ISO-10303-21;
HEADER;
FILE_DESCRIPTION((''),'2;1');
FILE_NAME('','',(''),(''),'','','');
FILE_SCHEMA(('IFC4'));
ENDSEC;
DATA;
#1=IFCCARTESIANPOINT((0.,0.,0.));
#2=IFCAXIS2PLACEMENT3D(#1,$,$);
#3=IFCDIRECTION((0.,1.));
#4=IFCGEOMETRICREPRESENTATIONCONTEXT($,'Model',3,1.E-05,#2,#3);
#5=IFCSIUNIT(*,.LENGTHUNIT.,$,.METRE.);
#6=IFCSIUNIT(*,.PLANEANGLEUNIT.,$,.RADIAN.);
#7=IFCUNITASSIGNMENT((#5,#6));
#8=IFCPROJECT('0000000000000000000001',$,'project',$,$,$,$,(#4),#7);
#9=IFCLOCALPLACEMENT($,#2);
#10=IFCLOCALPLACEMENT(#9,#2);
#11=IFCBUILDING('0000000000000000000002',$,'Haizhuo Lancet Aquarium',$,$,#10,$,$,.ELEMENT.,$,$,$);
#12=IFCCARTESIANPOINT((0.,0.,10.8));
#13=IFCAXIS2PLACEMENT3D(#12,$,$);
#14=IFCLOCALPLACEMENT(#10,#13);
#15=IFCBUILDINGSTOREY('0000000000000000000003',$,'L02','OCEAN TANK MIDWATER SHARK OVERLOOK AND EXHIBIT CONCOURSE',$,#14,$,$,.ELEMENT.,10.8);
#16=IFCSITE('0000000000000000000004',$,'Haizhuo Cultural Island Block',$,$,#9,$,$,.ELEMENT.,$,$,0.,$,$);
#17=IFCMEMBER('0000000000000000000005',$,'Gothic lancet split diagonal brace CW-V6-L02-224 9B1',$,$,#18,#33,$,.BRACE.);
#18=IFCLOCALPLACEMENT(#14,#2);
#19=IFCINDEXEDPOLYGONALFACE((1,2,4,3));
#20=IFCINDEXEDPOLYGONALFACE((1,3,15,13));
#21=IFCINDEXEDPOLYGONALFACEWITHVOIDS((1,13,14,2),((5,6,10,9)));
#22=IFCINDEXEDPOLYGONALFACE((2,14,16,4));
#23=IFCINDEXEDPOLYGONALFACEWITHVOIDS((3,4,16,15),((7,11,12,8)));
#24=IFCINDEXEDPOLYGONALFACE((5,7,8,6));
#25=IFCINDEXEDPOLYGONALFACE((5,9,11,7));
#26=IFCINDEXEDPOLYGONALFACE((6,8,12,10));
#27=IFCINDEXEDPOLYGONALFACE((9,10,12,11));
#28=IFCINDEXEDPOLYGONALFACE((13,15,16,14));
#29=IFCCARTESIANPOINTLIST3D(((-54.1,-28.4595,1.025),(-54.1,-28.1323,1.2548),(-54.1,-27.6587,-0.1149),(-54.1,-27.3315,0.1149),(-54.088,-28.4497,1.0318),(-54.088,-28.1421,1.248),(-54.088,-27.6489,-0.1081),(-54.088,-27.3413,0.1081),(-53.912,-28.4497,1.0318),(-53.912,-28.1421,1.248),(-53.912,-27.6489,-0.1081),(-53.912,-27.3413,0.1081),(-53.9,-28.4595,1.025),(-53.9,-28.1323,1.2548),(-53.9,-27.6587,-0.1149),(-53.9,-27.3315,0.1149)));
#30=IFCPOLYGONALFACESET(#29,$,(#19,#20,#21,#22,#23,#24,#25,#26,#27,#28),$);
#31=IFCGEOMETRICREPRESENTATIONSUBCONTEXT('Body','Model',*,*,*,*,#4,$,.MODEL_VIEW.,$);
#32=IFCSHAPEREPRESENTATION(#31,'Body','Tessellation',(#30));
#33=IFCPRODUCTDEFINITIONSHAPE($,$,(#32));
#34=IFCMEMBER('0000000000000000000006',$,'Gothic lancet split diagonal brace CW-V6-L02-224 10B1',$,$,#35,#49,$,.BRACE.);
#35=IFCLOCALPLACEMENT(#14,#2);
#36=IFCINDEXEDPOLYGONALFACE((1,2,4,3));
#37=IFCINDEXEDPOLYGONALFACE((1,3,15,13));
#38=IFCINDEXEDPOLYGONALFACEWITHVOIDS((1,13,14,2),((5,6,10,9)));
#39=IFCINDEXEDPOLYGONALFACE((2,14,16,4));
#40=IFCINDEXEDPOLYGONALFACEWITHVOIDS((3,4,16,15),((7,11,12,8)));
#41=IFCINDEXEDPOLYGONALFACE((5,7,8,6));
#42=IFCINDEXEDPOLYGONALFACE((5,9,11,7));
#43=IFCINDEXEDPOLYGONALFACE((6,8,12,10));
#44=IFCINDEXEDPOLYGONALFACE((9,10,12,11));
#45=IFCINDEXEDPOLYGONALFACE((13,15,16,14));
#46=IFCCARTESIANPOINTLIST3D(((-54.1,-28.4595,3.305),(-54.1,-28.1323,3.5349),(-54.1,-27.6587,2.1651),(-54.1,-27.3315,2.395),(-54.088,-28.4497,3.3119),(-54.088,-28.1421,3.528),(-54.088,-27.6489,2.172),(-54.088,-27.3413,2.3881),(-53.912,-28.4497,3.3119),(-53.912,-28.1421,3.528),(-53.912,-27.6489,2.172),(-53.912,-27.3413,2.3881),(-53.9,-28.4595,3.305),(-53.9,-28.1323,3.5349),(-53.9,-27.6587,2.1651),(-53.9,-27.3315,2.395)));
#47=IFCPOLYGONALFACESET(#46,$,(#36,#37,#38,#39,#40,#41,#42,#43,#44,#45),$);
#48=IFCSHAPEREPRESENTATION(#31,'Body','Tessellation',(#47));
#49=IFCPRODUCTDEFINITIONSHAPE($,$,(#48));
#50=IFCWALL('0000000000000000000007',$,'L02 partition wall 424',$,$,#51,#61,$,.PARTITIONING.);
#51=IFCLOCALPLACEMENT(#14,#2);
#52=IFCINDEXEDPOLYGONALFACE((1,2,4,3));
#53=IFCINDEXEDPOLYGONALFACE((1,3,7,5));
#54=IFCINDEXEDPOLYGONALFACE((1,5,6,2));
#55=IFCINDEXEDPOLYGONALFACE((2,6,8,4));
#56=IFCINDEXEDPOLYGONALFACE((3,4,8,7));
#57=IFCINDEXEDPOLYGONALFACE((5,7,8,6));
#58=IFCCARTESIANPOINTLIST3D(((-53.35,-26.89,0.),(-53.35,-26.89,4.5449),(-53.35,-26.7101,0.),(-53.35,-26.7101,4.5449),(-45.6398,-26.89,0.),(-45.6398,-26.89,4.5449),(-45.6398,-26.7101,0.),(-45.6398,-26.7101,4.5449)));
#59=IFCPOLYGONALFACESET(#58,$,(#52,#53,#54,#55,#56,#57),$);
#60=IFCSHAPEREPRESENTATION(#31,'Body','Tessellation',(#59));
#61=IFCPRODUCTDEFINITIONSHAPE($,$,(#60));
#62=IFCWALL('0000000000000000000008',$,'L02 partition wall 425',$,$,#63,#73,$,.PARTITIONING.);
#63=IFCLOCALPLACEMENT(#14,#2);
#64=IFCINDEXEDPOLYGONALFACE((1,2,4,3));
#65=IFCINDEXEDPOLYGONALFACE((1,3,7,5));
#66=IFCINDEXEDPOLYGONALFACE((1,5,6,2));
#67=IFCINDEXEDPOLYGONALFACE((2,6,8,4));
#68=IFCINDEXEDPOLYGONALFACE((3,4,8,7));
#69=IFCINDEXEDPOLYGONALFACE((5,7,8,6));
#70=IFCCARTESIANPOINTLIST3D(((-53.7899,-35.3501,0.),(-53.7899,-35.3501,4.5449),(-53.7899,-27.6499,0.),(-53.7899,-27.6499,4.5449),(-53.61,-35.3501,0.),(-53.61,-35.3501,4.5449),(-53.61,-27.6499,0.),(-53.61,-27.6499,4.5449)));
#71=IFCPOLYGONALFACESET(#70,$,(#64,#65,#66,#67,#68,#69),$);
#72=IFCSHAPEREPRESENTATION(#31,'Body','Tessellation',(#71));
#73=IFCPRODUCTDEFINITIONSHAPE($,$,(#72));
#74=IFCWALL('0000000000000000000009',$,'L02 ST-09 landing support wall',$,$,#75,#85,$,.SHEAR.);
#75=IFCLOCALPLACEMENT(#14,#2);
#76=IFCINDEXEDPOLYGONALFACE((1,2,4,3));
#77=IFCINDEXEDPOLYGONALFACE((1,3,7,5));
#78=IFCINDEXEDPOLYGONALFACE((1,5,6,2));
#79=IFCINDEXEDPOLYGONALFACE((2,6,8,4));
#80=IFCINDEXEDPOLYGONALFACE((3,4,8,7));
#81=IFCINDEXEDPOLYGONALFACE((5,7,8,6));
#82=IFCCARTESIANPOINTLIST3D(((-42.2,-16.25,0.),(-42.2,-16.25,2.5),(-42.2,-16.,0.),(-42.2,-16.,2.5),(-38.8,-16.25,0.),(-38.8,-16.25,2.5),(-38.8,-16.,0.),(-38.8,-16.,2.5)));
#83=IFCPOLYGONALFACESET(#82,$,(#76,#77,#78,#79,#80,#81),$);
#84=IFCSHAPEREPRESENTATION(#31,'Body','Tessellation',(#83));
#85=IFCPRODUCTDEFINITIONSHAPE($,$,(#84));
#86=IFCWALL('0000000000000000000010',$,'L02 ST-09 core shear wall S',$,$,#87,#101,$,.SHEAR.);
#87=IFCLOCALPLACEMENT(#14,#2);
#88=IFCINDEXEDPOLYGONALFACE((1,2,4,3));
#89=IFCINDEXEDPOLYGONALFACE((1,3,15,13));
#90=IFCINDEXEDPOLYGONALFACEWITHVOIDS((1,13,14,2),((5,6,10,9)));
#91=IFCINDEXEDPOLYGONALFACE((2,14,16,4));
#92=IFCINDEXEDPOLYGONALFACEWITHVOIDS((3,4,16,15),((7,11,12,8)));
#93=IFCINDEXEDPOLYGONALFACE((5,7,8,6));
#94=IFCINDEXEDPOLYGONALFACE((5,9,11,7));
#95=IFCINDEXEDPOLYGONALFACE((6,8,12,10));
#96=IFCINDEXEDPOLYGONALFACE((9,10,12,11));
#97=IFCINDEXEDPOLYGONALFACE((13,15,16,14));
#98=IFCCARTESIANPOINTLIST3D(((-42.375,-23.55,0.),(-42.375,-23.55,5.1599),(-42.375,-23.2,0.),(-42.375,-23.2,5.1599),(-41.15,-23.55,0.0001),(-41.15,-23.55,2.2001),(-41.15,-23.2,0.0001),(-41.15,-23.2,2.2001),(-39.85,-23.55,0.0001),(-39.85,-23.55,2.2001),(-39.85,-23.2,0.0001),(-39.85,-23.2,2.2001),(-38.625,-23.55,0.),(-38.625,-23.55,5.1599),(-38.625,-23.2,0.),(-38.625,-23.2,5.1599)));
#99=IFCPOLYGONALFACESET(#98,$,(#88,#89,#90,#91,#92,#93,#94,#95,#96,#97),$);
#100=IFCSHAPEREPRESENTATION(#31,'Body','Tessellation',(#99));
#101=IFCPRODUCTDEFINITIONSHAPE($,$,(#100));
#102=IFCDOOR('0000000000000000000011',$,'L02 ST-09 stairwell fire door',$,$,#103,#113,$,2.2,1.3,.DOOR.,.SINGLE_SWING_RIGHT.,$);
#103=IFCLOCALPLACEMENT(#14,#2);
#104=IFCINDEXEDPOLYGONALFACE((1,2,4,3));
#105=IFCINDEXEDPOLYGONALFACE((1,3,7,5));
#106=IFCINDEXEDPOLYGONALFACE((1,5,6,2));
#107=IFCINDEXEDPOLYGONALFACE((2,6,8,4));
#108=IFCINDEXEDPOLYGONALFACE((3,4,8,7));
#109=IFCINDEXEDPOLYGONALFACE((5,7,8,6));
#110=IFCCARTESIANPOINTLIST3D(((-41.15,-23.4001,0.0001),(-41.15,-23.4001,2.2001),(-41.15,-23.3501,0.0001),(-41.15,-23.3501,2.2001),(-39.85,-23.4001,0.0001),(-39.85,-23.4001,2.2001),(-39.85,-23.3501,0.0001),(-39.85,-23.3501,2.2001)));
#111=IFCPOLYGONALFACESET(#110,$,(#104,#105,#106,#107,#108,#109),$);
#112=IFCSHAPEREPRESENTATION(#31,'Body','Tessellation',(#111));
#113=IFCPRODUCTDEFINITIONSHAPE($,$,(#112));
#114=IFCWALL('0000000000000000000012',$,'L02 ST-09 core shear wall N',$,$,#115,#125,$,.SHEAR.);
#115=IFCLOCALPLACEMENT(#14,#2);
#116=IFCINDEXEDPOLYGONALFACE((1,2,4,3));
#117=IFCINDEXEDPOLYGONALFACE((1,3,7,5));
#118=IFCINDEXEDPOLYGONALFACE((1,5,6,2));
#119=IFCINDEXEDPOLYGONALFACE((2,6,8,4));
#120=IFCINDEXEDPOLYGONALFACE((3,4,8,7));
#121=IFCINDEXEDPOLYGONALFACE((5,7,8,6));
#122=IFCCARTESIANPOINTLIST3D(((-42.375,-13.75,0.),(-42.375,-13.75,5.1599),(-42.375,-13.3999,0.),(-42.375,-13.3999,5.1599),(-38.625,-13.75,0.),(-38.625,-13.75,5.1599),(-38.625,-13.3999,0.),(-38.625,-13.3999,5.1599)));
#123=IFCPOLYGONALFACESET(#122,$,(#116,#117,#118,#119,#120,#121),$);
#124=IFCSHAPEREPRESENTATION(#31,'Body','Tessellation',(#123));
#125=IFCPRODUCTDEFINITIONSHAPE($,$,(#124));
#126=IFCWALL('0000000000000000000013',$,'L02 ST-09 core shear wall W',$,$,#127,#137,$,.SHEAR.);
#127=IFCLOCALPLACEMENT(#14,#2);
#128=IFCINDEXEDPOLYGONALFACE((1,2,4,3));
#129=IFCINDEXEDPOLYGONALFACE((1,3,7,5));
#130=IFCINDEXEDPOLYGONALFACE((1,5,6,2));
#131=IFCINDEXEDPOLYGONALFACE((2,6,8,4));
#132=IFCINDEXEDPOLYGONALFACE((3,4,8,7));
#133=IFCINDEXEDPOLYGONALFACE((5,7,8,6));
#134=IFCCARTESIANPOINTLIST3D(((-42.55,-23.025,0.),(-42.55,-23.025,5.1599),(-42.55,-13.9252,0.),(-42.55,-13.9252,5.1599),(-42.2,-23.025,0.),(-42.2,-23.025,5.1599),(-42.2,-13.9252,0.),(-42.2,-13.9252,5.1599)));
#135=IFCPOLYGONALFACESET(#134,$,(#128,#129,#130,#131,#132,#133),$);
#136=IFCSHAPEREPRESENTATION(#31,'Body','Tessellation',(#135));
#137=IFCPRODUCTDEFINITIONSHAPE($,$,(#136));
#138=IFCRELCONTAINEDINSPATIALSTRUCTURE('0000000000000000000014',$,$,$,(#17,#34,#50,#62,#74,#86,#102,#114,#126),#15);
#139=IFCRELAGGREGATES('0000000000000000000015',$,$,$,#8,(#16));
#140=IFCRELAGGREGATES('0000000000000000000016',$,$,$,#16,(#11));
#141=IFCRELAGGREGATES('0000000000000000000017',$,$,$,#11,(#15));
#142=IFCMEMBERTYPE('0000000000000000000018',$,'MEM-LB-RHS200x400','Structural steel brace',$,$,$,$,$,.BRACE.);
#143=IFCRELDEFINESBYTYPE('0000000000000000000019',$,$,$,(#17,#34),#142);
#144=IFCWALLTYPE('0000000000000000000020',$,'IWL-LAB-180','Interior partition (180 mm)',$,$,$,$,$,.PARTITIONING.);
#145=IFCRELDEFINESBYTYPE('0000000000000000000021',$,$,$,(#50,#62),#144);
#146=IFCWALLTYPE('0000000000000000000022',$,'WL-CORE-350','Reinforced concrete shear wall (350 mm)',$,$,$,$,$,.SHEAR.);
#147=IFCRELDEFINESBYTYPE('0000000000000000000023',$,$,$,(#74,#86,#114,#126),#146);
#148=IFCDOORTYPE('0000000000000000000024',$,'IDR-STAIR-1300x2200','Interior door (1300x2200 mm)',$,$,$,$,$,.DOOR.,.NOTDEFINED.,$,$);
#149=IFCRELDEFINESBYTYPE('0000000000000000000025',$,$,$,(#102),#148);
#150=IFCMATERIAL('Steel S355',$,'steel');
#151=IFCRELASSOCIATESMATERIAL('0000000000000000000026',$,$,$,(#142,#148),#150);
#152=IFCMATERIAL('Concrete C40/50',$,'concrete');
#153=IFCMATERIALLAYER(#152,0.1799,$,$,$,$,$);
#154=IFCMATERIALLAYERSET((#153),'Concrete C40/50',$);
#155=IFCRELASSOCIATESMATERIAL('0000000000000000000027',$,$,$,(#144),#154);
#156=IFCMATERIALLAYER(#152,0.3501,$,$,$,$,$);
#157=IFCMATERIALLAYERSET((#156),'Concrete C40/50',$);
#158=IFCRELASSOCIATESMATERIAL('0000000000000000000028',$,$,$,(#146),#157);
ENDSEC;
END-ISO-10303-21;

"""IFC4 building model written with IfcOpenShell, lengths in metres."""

from ifc_helpers import new_model, si_unit, direction, frame, frame_2d, origin, origin_2d, place, context, subcontext, project, spatial, rectangle, hollow_rectangle, extrude, material, layer, layer_set, material_profile, profile_set, type_object, element, fill, save


model = new_model("IFC4")

# Units and contexts
model_context = context("Model", 3, precision=1e-05, world=origin(), true_north=direction((0.0, 1.0)))
body_context = subcontext(model_context, "Body", "Model", "MODEL_VIEW")
ifc_project = project(units=[si_unit("LENGTHUNIT", "METRE"), si_unit("PLANEANGLEUNIT", "RADIAN")], contexts=[model_context])

# Site, building, storey
site_placement = place(None, origin())
site = spatial("IfcSite", under=ifc_project, at=site_placement, Name="Haizhuo Cultural Island Block", CompositionType="ELEMENT", RefElevation=0.0)
building_placement = place(site_placement, origin())
building = spatial("IfcBuilding", under=site, at=building_placement, Name="Haizhuo Lancet Aquarium", CompositionType="ELEMENT")
storey_placement = place(building_placement, frame((0.0, 0.0, 10.8)))
storey = spatial("IfcBuildingStorey", under=building, at=storey_placement, Name="L02", Description="OCEAN TANK MIDWATER SHARK OVERLOOK AND EXHIBIT CONCOURSE", CompositionType="ELEMENT", Elevation=10.8)

# Shared definitions
ifc_material_1 = material(Name="Concrete C40/50", Category="concrete")

# Shared definitions
ifc_material_2 = material(Name="Steel S355", Category="steel")

# Members
ifc_material_profile_1 = material_profile(ifc_material_2, hollow_rectangle(XDim=0.2, YDim=0.3999, WallThickness=0.012, at=origin_2d()), Name="RHS 200x400x12")
ifc_profile_set_1 = profile_set([ifc_material_profile_1], Name="Steel S355")
member_type_1 = type_object("IfcMemberType", Name="MEM-LB-RHS200x400", Description="Structural steel brace", PredefinedType="BRACE", material=ifc_profile_set_1)
for number, where, z_axis, x_axis, name in (
    (1, (-54.0, -27.4951, 0.0), (0.0, -0.574838, 0.818267), (1.0, 0.0, 0.0), "Gothic lancet split diagonal brace CW-V6-L02-224 9B1"),
    (2, (-54.0, -27.4951, 2.28), (0.0, -0.574838, 0.818267), (1.0, 0.0, 0.0), "Gothic lancet split diagonal brace CW-V6-L02-224 10B1"),
):
    element("IfcMember", number, at=place(storey_placement, frame(where, z_axis=z_axis, x_axis=x_axis)), inside=storey, type_object=member_type_1, Name=name, PredefinedType="BRACE", context=body_context, shape_type="SweptSolid", body=[
        extrude(hollow_rectangle(XDim=0.2, YDim=0.3999, WallThickness=0.012, at=origin_2d()), origin(), (0.0, 0.0, 1.0), 1.3931),
    ])

# Walls
ifc_layer_1 = layer(ifc_material_1, 0.1799)
ifc_layer_set_1 = layer_set([ifc_layer_1], Name="Concrete C40/50")
wall_type_1 = type_object("IfcWallType", Name="IWL-LAB-180", Description="Interior partition (180 mm)", PredefinedType="PARTITIONING", material=ifc_layer_set_1)
wall_1_placement = place(storey_placement, frame((-45.6399, -26.8, 0.0), z_axis=(0.0, 0.0, 1.0), x_axis=(-1.0, 0.0, 0.0)))
element("IfcWall", 3, at=wall_1_placement, inside=storey, type_object=wall_type_1, Name="L02 partition wall 424", PredefinedType="PARTITIONING", context=body_context, shape_type="SweptSolid", body=[
    extrude(rectangle(XDim=7.7102, YDim=0.1799, at=frame_2d((3.855, 0.0))), origin(), (0.0, 0.0, 1.0), 4.5449),
])
wall_2_placement = place(storey_placement, frame((-53.7, -27.6499, 0.0), z_axis=(0.0, 0.0, 1.0), x_axis=(0.0, -1.0, 0.0)))
element("IfcWall", 4, at=wall_2_placement, inside=storey, type_object=wall_type_1, Name="L02 partition wall 425", PredefinedType="PARTITIONING", context=body_context, shape_type="SweptSolid", body=[
    extrude(rectangle(XDim=7.7002, YDim=0.1799, at=frame_2d((3.8501, 0.0))), origin(), (0.0, 0.0, 1.0), 4.5449),
])
ifc_layer_2 = layer(ifc_material_1, 0.3501)
ifc_layer_set_2 = layer_set([ifc_layer_2], Name="Concrete C40/50")
wall_type_2 = type_object("IfcWallType", Name="WL-CORE-350", Description="Reinforced concrete shear wall (350 mm)", PredefinedType="SHEAR", material=ifc_layer_set_2)
wall_3_placement = place(storey_placement, frame((-42.2, -16.125, 0.0), z_axis=(0.0, 0.0, 1.0), x_axis=(1.0, 0.0, 0.0)))
element("IfcWall", 5, at=wall_3_placement, inside=storey, type_object=wall_type_2, Name="L02 ST-09 landing support wall", PredefinedType="SHEAR", context=body_context, shape_type="SweptSolid", body=[
    extrude(rectangle(XDim=3.3999, YDim=0.25, at=frame_2d((1.7, 0.0))), origin(), (0.0, 0.0, 1.0), 2.5),
])

# Wall, opening, door
wall_4_placement = place(storey_placement, frame((-42.375, -23.375, 0.0), z_axis=(0.0, 0.0, 1.0), x_axis=(1.0, 0.0, 0.0)))
wall_4 = element("IfcWall", 6, at=wall_4_placement, inside=storey, type_object=wall_type_2, Name="L02 ST-09 core shear wall S", PredefinedType="SHEAR", context=body_context, shape_type="SweptSolid", body=[
    extrude(rectangle(XDim=3.75, YDim=0.3501, at=frame_2d((1.875, 0.0))), origin(), (0.0, 0.0, 1.0), 5.1599),
])
opening_placement = place(wall_4_placement, frame((1.2251, 0.0, 0.0)))
opening = element("IfcOpeningElement", 7, at=opening_placement, cuts=wall_4, PredefinedType="OPENING", context=body_context, shape_type="SweptSolid", body=[
    extrude(rectangle(XDim=1.3, YDim=2.2, at=frame_2d((0.6499, 1.1001))), frame((0.0, 0.1851, 0.0), z_axis=(0.0, -1.0, 0.0), x_axis=(1.0, 0.0, 0.0)), (0.0, 0.0, 1.0), 0.3701),
])
door_type = type_object("IfcDoorType", Name="IDR-STAIR-1300x2200", Description="Interior door (1300x2200 mm)", OperationType="NOTDEFINED", PredefinedType="DOOR", material=ifc_material_2)
door_placement = place(opening_placement, origin())
door = element("IfcDoor", 8, at=door_placement, inside=storey, type_object=door_type, Name="L02 ST-09 stairwell fire door", OperationType="SINGLE_SWING_RIGHT", OverallHeight=2.2, OverallWidth=1.3, PredefinedType="DOOR", context=body_context, shape_type="SweptSolid", body=[
    extrude(rectangle(XDim=1.3, YDim=2.2, at=frame_2d((0.6499, 1.1001))), frame((0.0, 0.0249, 0.0), z_axis=(0.0, -1.0, 0.0), x_axis=(1.0, 0.0, 0.0)), (0.0, 0.0, 1.0), 0.05),
])
fill(opening, door)

# Walls
wall_5_placement = place(storey_placement, frame((-42.375, -13.575, 0.0), z_axis=(0.0, 0.0, 1.0), x_axis=(1.0, 0.0, 0.0)))
element("IfcWall", 9, at=wall_5_placement, inside=storey, type_object=wall_type_2, Name="L02 ST-09 core shear wall N", PredefinedType="SHEAR", context=body_context, shape_type="SweptSolid", body=[
    extrude(rectangle(XDim=3.75, YDim=0.3501, at=frame_2d((1.875, 0.0))), origin(), (0.0, 0.0, 1.0), 5.1599),
])
wall_6_placement = place(storey_placement, frame((-42.375, -23.0249, 0.0), z_axis=(0.0, 0.0, 1.0), x_axis=(0.0, 1.0, 0.0)))
element("IfcWall", 10, at=wall_6_placement, inside=storey, type_object=wall_type_2, Name="L02 ST-09 core shear wall W", PredefinedType="SHEAR", context=body_context, shape_type="SweptSolid", body=[
    extrude(rectangle(XDim=9.0999, YDim=0.3501, at=frame_2d((4.5498, 0.0))), origin(), (0.0, 0.0, 1.0), 5.1599),
])

save(model, "model.ifc")
